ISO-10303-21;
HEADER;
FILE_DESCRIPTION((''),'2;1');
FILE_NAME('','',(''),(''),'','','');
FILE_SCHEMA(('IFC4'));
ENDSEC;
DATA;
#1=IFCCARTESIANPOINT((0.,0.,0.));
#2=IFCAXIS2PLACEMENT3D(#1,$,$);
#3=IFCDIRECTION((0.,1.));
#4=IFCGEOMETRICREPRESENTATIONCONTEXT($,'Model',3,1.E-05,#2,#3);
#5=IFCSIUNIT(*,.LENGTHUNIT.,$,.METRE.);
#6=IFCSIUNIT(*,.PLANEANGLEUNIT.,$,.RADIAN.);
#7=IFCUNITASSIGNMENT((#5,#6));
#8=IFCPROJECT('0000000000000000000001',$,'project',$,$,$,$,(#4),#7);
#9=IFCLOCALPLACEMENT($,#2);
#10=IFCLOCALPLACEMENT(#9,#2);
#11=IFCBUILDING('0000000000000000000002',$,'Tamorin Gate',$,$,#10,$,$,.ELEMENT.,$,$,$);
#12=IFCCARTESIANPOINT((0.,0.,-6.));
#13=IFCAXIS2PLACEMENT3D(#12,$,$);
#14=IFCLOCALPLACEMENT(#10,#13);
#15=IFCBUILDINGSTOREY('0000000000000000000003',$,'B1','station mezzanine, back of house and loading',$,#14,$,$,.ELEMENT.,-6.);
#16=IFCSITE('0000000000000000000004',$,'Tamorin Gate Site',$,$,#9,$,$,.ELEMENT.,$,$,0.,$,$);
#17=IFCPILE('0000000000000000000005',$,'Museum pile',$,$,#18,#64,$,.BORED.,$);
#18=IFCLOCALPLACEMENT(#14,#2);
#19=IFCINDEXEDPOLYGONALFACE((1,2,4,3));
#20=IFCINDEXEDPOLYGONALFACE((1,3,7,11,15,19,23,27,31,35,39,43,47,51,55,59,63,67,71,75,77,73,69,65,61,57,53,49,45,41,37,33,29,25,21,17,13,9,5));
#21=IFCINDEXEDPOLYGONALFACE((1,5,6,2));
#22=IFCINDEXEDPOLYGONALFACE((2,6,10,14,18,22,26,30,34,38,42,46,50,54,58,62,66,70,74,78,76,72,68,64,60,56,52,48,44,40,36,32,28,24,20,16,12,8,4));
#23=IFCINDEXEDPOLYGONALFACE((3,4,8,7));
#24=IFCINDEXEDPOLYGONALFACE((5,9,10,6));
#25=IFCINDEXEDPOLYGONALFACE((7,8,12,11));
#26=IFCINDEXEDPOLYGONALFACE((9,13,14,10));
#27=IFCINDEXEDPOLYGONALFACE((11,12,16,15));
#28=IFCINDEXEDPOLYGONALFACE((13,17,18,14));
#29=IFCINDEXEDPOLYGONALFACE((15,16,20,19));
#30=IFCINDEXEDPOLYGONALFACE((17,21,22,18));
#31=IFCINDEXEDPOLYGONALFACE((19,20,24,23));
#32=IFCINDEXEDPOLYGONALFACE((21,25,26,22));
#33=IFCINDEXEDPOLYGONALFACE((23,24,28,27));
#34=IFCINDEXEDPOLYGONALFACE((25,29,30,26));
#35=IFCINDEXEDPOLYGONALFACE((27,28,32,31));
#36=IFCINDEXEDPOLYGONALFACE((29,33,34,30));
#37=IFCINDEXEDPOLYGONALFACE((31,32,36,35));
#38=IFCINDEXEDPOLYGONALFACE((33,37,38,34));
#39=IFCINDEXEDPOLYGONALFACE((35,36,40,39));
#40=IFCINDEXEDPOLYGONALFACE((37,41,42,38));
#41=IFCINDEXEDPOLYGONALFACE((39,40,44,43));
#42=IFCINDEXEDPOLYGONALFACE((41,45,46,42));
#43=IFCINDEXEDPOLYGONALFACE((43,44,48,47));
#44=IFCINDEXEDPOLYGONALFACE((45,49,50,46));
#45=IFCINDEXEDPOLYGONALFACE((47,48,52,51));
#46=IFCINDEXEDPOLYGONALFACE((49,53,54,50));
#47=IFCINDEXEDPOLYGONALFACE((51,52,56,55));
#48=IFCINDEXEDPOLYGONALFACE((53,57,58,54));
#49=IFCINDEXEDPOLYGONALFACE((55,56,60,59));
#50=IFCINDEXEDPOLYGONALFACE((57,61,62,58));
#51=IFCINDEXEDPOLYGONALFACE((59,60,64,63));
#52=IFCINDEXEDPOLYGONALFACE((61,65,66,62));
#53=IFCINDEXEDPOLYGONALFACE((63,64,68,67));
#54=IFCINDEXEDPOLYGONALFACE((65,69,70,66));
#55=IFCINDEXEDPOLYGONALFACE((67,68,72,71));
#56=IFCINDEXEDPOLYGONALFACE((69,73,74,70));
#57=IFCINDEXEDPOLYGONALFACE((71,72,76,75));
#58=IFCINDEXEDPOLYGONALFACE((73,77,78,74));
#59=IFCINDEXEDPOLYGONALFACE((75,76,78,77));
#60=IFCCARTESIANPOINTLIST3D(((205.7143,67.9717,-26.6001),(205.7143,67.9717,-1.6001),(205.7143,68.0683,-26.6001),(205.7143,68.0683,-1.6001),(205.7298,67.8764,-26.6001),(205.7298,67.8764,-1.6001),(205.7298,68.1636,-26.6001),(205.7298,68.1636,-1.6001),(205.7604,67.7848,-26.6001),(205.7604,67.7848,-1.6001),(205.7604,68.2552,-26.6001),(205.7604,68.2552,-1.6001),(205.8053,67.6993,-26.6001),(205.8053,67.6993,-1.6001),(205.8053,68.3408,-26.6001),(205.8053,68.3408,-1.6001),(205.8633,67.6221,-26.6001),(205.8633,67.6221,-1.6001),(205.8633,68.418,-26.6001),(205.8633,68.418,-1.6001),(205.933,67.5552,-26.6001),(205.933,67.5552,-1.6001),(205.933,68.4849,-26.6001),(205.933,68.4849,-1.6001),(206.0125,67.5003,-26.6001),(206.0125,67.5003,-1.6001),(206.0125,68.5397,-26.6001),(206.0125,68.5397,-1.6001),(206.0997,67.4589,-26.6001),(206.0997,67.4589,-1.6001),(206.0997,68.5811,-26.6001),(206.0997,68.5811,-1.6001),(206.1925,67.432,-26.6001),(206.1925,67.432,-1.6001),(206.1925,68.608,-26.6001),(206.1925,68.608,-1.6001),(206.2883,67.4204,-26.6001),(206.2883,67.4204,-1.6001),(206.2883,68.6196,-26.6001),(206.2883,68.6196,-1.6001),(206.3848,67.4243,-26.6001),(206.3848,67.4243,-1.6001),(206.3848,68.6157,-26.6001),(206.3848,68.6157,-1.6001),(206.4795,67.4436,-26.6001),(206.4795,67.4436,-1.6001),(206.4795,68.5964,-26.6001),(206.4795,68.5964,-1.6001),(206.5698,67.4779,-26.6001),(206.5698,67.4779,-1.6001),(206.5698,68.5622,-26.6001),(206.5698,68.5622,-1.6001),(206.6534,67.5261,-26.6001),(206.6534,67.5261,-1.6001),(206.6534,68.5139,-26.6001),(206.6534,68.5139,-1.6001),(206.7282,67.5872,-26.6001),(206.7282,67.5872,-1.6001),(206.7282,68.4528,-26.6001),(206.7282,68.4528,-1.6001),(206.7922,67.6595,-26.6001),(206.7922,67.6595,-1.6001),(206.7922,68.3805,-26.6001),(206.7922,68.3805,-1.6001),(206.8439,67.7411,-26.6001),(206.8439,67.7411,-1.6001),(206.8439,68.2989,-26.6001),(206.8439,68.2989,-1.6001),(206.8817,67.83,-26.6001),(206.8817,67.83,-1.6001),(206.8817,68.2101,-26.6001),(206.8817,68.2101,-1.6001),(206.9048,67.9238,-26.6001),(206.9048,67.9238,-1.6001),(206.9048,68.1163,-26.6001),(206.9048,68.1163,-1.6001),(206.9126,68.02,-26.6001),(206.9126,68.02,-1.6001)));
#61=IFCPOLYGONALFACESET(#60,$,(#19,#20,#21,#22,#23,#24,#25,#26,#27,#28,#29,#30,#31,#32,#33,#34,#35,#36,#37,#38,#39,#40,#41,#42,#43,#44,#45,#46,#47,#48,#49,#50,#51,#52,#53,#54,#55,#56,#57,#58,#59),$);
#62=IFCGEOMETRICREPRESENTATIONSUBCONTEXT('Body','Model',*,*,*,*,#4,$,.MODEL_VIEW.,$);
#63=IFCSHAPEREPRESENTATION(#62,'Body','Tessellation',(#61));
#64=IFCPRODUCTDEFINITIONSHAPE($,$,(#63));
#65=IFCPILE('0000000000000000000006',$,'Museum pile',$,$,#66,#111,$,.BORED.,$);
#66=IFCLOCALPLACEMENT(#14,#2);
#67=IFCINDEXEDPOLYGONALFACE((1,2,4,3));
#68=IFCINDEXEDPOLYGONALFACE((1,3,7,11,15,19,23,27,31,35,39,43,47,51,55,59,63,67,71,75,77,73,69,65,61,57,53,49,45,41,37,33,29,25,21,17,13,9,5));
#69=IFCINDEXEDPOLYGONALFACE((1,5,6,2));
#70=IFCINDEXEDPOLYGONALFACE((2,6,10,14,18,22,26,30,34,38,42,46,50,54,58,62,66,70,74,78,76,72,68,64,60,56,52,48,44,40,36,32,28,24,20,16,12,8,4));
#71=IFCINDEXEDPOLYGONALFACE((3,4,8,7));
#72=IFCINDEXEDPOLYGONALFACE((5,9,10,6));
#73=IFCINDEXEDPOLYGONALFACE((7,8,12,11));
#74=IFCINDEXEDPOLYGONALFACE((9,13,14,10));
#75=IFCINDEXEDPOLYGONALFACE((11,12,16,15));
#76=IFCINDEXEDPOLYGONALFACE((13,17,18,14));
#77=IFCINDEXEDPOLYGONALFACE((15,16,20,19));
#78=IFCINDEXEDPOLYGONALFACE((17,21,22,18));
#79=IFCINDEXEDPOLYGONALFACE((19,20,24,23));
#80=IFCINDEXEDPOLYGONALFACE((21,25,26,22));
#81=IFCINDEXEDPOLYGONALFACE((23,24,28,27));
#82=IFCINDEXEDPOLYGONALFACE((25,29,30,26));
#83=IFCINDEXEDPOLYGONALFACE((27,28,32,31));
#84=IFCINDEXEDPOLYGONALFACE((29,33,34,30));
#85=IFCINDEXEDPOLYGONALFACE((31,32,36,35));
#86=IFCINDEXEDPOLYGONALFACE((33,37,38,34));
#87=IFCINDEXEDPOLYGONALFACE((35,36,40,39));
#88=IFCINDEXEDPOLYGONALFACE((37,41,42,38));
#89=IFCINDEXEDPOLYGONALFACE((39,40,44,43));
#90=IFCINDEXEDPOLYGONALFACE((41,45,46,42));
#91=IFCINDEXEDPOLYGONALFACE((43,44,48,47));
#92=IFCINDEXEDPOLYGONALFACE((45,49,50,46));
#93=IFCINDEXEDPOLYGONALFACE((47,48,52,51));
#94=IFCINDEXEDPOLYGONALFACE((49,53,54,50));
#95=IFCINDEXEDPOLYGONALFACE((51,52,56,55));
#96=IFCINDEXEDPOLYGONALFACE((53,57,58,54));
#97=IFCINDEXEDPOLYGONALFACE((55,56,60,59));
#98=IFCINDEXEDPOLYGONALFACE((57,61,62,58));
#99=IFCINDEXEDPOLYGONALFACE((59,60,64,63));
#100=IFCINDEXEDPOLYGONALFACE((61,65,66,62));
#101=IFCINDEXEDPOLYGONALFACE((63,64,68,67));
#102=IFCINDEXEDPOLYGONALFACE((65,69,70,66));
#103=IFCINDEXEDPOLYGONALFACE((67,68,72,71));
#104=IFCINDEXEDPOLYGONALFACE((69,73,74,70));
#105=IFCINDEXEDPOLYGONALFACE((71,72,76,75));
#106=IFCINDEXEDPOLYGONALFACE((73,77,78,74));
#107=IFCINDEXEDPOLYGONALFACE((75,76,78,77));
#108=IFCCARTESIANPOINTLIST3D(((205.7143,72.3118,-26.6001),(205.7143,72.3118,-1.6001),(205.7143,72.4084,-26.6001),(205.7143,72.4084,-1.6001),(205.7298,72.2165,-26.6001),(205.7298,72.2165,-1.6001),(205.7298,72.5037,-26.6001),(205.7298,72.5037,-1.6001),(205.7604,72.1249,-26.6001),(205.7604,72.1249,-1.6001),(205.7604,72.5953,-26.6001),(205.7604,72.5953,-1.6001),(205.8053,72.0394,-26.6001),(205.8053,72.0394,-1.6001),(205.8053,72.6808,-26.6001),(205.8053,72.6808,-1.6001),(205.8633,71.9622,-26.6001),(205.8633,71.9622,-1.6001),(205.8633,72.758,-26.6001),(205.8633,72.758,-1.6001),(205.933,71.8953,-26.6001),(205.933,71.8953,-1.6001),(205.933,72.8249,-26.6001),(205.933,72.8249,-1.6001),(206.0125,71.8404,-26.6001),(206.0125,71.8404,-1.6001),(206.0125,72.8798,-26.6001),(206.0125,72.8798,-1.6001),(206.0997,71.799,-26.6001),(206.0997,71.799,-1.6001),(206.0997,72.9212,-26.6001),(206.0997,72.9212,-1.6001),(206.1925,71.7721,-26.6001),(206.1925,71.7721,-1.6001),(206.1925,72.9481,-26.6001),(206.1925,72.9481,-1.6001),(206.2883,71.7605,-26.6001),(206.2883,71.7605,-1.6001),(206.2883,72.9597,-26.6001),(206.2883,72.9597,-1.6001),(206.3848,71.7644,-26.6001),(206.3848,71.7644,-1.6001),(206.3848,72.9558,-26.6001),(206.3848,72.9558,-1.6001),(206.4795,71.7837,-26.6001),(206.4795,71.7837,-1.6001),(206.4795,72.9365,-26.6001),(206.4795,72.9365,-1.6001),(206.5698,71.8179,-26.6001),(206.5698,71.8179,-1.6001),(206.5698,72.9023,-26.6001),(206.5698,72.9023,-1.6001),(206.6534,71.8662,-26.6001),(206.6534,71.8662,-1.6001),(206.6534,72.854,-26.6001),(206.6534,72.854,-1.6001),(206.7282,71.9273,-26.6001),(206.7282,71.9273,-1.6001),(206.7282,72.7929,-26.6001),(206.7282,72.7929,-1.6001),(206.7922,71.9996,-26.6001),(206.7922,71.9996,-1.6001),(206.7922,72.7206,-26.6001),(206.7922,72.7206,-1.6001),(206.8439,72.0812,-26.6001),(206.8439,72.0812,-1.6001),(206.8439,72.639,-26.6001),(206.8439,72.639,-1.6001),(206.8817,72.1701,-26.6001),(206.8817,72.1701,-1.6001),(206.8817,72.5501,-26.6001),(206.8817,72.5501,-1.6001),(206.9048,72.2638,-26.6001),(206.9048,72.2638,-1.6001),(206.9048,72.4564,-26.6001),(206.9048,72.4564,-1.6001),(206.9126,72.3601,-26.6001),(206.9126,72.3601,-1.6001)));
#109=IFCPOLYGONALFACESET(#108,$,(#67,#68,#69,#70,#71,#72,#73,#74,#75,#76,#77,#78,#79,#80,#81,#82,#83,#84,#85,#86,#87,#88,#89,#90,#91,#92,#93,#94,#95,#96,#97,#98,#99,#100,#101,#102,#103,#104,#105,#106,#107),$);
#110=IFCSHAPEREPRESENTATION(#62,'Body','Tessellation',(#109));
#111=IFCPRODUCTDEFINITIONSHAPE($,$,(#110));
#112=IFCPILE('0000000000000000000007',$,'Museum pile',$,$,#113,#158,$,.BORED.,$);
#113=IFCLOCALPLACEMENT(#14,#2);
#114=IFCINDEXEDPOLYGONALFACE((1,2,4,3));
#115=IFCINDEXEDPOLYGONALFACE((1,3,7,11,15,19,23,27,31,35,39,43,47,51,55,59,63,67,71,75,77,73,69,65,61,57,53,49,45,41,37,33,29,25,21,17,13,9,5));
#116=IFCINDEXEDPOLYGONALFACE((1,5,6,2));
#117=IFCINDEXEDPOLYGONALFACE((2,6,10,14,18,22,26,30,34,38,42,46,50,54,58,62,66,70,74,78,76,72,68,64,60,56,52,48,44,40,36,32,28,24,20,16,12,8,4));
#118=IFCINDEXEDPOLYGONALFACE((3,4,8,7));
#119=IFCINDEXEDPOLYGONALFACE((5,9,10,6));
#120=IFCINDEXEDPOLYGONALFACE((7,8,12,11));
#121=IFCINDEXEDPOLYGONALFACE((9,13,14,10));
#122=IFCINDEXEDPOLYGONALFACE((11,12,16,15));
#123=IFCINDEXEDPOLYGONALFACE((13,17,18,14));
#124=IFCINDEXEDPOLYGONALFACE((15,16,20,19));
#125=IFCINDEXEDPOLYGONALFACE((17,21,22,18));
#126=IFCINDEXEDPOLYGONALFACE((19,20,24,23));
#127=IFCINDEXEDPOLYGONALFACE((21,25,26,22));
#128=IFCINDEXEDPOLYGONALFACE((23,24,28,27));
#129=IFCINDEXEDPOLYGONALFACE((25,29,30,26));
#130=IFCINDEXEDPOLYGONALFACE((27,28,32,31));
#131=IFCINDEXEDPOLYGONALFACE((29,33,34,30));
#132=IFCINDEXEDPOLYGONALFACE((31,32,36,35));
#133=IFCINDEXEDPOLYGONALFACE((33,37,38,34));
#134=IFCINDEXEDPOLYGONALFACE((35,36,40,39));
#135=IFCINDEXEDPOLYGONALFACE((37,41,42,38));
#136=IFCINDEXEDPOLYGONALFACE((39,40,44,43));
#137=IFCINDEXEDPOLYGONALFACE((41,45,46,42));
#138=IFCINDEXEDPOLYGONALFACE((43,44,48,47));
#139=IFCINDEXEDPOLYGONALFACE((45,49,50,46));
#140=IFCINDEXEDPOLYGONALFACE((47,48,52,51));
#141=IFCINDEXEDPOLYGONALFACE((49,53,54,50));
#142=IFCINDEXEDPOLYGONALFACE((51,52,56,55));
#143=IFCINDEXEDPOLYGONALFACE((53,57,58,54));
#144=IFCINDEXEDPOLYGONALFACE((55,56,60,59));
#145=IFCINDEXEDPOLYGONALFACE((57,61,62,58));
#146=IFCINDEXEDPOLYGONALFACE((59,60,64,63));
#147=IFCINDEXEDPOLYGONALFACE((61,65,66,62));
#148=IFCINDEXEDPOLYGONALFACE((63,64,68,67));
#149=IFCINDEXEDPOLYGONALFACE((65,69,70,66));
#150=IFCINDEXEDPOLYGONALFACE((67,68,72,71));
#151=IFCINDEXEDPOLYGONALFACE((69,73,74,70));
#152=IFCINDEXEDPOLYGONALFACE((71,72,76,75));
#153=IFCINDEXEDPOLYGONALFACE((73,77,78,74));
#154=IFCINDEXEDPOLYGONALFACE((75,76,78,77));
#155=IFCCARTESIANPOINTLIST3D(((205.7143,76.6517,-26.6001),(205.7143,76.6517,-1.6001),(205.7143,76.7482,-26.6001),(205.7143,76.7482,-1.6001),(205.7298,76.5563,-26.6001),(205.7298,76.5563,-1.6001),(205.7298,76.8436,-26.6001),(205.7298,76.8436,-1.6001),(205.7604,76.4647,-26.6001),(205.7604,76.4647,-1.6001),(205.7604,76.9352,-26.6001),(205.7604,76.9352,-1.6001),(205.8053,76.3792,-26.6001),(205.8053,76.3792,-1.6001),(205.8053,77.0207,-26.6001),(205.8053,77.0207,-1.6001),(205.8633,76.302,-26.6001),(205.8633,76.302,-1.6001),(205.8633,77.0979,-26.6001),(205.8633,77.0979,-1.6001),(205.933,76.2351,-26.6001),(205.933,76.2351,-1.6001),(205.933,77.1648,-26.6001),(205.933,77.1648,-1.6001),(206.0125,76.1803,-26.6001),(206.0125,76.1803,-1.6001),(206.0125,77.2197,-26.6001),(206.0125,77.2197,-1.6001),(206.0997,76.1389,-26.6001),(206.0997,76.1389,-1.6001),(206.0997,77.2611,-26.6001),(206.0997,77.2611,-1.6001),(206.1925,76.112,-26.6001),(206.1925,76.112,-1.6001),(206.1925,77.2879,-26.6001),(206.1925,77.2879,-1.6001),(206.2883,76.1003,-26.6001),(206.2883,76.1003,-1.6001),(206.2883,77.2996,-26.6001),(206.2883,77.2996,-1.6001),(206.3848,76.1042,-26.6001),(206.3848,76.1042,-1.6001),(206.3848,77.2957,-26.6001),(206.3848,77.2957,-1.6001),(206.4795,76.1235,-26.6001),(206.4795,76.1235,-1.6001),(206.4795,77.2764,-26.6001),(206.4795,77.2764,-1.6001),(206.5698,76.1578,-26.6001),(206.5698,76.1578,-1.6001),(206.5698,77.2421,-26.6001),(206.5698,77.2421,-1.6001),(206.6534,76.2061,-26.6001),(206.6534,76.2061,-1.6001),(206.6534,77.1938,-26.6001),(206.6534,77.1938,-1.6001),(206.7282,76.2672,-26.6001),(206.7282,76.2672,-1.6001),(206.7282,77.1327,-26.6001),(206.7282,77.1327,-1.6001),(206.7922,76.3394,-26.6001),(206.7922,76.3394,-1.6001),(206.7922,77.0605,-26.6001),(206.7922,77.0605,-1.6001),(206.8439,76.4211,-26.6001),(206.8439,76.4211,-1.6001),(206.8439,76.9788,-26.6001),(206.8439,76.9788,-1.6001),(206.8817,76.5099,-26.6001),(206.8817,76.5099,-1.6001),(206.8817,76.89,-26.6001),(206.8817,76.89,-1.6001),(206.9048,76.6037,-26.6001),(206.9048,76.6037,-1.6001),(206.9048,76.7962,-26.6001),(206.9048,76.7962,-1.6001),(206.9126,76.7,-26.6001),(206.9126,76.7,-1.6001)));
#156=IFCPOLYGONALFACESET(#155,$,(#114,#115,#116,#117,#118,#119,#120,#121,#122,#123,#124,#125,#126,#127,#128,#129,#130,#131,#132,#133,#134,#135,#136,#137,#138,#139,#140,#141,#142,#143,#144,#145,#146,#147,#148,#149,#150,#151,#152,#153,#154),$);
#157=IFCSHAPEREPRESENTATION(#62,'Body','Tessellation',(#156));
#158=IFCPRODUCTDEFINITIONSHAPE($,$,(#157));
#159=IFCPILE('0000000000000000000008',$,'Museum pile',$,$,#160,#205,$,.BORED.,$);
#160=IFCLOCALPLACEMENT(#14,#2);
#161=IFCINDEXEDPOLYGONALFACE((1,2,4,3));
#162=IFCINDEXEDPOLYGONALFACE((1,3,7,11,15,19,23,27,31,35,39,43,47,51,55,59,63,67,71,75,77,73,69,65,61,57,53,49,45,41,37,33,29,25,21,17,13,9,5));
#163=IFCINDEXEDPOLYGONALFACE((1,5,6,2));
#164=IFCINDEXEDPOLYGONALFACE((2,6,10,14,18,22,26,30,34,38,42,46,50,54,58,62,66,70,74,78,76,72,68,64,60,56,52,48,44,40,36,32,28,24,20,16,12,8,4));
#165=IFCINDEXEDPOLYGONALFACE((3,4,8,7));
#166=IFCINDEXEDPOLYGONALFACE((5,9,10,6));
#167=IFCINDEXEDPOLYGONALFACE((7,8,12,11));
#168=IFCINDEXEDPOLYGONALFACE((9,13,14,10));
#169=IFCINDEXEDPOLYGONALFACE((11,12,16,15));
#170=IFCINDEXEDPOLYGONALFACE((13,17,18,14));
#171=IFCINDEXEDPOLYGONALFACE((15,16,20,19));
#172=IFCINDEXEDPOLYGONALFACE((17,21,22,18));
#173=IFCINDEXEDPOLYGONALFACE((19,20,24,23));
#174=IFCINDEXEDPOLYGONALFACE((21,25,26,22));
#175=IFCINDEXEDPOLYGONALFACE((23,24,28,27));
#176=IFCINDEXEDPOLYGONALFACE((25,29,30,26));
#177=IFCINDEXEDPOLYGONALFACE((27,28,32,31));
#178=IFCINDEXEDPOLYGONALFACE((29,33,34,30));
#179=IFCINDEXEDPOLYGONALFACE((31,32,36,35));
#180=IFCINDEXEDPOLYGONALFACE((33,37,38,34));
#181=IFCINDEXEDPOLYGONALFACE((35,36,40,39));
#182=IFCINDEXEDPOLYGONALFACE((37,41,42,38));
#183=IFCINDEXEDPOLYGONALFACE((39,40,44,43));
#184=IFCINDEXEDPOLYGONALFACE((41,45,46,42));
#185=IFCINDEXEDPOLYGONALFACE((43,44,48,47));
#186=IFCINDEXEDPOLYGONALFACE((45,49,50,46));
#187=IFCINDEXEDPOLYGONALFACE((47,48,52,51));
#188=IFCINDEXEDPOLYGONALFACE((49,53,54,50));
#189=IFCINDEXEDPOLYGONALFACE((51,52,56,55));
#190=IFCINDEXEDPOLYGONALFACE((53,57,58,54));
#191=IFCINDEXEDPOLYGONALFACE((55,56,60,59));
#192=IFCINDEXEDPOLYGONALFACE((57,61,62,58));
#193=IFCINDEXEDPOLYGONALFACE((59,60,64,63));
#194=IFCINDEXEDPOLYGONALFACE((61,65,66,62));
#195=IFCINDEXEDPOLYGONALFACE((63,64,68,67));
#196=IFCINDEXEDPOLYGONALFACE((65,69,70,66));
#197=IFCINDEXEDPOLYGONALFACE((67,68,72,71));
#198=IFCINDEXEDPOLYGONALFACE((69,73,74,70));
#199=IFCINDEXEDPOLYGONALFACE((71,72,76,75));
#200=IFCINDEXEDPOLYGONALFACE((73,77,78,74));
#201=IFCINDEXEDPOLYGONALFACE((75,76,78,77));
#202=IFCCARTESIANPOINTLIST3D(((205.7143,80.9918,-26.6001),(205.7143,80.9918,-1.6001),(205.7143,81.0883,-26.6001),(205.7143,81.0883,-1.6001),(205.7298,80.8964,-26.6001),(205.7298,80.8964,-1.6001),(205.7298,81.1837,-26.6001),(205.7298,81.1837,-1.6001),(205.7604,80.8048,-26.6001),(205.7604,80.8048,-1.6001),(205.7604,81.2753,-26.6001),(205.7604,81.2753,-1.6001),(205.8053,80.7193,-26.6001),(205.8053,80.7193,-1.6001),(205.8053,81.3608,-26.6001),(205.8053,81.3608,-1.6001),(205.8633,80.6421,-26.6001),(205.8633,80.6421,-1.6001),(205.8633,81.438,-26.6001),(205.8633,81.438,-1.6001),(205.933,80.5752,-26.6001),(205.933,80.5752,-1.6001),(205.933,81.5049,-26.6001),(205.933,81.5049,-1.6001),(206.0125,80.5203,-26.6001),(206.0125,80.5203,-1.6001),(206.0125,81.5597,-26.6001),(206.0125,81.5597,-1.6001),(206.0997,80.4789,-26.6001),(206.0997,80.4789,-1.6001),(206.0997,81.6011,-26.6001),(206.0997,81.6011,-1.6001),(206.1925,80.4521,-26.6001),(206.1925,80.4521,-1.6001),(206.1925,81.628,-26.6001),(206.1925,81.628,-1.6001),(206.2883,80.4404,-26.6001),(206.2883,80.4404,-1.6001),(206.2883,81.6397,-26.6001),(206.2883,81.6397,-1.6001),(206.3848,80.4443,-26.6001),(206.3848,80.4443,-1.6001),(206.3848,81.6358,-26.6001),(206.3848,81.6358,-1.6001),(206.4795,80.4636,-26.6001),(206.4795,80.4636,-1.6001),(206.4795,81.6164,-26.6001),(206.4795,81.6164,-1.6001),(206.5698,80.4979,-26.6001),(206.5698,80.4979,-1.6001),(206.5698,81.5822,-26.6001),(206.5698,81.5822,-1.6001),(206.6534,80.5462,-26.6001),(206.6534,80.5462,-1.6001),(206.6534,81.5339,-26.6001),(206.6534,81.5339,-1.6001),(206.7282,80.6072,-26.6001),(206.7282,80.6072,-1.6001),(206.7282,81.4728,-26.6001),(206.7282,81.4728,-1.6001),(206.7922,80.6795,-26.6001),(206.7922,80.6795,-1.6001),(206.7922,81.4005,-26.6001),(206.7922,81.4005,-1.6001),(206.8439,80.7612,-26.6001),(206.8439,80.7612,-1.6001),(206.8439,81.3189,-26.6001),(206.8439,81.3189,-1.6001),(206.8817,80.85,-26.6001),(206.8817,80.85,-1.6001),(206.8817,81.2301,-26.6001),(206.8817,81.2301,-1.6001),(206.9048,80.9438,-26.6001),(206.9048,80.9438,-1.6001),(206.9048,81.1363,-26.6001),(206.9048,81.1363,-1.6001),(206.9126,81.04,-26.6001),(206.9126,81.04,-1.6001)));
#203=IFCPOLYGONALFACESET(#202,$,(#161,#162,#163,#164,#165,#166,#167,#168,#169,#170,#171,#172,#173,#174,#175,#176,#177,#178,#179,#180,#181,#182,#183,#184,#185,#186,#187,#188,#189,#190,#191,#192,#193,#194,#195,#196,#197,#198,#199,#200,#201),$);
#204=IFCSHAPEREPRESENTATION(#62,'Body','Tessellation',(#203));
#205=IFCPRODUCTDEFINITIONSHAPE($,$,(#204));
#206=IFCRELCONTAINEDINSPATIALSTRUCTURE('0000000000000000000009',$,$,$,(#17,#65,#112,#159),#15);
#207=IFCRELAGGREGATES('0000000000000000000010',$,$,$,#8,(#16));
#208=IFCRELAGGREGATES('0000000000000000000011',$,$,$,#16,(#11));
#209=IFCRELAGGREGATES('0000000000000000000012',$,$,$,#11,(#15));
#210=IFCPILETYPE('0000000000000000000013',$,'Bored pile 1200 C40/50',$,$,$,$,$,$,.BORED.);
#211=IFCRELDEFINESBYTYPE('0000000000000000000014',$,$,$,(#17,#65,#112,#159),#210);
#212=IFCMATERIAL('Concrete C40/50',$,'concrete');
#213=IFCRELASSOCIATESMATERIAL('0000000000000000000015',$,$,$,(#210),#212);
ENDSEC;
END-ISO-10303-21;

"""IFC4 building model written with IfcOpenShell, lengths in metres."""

from ifc_helpers import new_model, si_unit, direction, frame, origin, origin_2d, place, context, subcontext, project, spatial, circle, extrude, material, material_profile, profile_set, type_object, element, save


model = new_model("IFC4")

# Units and contexts
model_context = context("Model", 3, precision=1e-05, world=origin(), true_north=direction((0.0, 1.0)))
body_context = subcontext(model_context, "Body", "Model", "MODEL_VIEW")
ifc_project = project(units=[si_unit("LENGTHUNIT", "METRE"), si_unit("PLANEANGLEUNIT", "RADIAN")], contexts=[model_context])

# Site, building, storey
site_placement = place(None, origin())
site = spatial("IfcSite", under=ifc_project, at=site_placement, Name="Tamorin Gate Site", CompositionType="ELEMENT", RefElevation=0.0)
building_placement = place(site_placement, origin())
building = spatial("IfcBuilding", under=site, at=building_placement, Name="Tamorin Gate", CompositionType="ELEMENT")
storey_placement = place(building_placement, frame((0.0, 0.0, -6.0)))
storey = spatial("IfcBuildingStorey", under=building, at=storey_placement, Name="B1", Description="station mezzanine, back of house and loading", CompositionType="ELEMENT", Elevation=-6.0)

# Piles
ifc_material_1 = material(Name="Concrete C40/50", Category="concrete")
ifc_material_profile_1 = material_profile(ifc_material_1, circle(Radius=0.6001, at=origin_2d()))
ifc_profile_set_1 = profile_set([ifc_material_profile_1], Name="Concrete C40/50")
pile_type = type_object("IfcPileType", Name="Bored pile 1200 C40/50", PredefinedType="BORED", material=ifc_profile_set_1)
for number, where, z_axis, x_axis, name in (
    (1, (206.3125, 68.02, -1.6001), (0.0, 0.0, -1.0), (1.0, 0.0, 0.0), "Museum pile"),
    (2, (206.3125, 72.3601, -1.6001), (0.0, 0.0, -1.0), (1.0, 0.0, 0.0), "Museum pile"),
    (3, (206.3125, 76.7, -1.6001), (0.0, 0.0, -1.0), (1.0, 0.0, 0.0), "Museum pile"),
    (4, (206.3125, 81.04, -1.6001), (0.0, 0.0, -1.0), (1.0, 0.0, 0.0), "Museum pile"),
):
    element("IfcPile", number, at=place(storey_placement, frame(where, z_axis=z_axis, x_axis=x_axis)), inside=storey, type_object=pile_type, Name=name, PredefinedType="BORED", context=body_context, shape_type="SweptSolid", body=[
        extrude(circle(Radius=0.6001, at=origin_2d()), origin(), (0.0, 0.0, 1.0), 25.0),
    ])

save(model, "model.ifc")
